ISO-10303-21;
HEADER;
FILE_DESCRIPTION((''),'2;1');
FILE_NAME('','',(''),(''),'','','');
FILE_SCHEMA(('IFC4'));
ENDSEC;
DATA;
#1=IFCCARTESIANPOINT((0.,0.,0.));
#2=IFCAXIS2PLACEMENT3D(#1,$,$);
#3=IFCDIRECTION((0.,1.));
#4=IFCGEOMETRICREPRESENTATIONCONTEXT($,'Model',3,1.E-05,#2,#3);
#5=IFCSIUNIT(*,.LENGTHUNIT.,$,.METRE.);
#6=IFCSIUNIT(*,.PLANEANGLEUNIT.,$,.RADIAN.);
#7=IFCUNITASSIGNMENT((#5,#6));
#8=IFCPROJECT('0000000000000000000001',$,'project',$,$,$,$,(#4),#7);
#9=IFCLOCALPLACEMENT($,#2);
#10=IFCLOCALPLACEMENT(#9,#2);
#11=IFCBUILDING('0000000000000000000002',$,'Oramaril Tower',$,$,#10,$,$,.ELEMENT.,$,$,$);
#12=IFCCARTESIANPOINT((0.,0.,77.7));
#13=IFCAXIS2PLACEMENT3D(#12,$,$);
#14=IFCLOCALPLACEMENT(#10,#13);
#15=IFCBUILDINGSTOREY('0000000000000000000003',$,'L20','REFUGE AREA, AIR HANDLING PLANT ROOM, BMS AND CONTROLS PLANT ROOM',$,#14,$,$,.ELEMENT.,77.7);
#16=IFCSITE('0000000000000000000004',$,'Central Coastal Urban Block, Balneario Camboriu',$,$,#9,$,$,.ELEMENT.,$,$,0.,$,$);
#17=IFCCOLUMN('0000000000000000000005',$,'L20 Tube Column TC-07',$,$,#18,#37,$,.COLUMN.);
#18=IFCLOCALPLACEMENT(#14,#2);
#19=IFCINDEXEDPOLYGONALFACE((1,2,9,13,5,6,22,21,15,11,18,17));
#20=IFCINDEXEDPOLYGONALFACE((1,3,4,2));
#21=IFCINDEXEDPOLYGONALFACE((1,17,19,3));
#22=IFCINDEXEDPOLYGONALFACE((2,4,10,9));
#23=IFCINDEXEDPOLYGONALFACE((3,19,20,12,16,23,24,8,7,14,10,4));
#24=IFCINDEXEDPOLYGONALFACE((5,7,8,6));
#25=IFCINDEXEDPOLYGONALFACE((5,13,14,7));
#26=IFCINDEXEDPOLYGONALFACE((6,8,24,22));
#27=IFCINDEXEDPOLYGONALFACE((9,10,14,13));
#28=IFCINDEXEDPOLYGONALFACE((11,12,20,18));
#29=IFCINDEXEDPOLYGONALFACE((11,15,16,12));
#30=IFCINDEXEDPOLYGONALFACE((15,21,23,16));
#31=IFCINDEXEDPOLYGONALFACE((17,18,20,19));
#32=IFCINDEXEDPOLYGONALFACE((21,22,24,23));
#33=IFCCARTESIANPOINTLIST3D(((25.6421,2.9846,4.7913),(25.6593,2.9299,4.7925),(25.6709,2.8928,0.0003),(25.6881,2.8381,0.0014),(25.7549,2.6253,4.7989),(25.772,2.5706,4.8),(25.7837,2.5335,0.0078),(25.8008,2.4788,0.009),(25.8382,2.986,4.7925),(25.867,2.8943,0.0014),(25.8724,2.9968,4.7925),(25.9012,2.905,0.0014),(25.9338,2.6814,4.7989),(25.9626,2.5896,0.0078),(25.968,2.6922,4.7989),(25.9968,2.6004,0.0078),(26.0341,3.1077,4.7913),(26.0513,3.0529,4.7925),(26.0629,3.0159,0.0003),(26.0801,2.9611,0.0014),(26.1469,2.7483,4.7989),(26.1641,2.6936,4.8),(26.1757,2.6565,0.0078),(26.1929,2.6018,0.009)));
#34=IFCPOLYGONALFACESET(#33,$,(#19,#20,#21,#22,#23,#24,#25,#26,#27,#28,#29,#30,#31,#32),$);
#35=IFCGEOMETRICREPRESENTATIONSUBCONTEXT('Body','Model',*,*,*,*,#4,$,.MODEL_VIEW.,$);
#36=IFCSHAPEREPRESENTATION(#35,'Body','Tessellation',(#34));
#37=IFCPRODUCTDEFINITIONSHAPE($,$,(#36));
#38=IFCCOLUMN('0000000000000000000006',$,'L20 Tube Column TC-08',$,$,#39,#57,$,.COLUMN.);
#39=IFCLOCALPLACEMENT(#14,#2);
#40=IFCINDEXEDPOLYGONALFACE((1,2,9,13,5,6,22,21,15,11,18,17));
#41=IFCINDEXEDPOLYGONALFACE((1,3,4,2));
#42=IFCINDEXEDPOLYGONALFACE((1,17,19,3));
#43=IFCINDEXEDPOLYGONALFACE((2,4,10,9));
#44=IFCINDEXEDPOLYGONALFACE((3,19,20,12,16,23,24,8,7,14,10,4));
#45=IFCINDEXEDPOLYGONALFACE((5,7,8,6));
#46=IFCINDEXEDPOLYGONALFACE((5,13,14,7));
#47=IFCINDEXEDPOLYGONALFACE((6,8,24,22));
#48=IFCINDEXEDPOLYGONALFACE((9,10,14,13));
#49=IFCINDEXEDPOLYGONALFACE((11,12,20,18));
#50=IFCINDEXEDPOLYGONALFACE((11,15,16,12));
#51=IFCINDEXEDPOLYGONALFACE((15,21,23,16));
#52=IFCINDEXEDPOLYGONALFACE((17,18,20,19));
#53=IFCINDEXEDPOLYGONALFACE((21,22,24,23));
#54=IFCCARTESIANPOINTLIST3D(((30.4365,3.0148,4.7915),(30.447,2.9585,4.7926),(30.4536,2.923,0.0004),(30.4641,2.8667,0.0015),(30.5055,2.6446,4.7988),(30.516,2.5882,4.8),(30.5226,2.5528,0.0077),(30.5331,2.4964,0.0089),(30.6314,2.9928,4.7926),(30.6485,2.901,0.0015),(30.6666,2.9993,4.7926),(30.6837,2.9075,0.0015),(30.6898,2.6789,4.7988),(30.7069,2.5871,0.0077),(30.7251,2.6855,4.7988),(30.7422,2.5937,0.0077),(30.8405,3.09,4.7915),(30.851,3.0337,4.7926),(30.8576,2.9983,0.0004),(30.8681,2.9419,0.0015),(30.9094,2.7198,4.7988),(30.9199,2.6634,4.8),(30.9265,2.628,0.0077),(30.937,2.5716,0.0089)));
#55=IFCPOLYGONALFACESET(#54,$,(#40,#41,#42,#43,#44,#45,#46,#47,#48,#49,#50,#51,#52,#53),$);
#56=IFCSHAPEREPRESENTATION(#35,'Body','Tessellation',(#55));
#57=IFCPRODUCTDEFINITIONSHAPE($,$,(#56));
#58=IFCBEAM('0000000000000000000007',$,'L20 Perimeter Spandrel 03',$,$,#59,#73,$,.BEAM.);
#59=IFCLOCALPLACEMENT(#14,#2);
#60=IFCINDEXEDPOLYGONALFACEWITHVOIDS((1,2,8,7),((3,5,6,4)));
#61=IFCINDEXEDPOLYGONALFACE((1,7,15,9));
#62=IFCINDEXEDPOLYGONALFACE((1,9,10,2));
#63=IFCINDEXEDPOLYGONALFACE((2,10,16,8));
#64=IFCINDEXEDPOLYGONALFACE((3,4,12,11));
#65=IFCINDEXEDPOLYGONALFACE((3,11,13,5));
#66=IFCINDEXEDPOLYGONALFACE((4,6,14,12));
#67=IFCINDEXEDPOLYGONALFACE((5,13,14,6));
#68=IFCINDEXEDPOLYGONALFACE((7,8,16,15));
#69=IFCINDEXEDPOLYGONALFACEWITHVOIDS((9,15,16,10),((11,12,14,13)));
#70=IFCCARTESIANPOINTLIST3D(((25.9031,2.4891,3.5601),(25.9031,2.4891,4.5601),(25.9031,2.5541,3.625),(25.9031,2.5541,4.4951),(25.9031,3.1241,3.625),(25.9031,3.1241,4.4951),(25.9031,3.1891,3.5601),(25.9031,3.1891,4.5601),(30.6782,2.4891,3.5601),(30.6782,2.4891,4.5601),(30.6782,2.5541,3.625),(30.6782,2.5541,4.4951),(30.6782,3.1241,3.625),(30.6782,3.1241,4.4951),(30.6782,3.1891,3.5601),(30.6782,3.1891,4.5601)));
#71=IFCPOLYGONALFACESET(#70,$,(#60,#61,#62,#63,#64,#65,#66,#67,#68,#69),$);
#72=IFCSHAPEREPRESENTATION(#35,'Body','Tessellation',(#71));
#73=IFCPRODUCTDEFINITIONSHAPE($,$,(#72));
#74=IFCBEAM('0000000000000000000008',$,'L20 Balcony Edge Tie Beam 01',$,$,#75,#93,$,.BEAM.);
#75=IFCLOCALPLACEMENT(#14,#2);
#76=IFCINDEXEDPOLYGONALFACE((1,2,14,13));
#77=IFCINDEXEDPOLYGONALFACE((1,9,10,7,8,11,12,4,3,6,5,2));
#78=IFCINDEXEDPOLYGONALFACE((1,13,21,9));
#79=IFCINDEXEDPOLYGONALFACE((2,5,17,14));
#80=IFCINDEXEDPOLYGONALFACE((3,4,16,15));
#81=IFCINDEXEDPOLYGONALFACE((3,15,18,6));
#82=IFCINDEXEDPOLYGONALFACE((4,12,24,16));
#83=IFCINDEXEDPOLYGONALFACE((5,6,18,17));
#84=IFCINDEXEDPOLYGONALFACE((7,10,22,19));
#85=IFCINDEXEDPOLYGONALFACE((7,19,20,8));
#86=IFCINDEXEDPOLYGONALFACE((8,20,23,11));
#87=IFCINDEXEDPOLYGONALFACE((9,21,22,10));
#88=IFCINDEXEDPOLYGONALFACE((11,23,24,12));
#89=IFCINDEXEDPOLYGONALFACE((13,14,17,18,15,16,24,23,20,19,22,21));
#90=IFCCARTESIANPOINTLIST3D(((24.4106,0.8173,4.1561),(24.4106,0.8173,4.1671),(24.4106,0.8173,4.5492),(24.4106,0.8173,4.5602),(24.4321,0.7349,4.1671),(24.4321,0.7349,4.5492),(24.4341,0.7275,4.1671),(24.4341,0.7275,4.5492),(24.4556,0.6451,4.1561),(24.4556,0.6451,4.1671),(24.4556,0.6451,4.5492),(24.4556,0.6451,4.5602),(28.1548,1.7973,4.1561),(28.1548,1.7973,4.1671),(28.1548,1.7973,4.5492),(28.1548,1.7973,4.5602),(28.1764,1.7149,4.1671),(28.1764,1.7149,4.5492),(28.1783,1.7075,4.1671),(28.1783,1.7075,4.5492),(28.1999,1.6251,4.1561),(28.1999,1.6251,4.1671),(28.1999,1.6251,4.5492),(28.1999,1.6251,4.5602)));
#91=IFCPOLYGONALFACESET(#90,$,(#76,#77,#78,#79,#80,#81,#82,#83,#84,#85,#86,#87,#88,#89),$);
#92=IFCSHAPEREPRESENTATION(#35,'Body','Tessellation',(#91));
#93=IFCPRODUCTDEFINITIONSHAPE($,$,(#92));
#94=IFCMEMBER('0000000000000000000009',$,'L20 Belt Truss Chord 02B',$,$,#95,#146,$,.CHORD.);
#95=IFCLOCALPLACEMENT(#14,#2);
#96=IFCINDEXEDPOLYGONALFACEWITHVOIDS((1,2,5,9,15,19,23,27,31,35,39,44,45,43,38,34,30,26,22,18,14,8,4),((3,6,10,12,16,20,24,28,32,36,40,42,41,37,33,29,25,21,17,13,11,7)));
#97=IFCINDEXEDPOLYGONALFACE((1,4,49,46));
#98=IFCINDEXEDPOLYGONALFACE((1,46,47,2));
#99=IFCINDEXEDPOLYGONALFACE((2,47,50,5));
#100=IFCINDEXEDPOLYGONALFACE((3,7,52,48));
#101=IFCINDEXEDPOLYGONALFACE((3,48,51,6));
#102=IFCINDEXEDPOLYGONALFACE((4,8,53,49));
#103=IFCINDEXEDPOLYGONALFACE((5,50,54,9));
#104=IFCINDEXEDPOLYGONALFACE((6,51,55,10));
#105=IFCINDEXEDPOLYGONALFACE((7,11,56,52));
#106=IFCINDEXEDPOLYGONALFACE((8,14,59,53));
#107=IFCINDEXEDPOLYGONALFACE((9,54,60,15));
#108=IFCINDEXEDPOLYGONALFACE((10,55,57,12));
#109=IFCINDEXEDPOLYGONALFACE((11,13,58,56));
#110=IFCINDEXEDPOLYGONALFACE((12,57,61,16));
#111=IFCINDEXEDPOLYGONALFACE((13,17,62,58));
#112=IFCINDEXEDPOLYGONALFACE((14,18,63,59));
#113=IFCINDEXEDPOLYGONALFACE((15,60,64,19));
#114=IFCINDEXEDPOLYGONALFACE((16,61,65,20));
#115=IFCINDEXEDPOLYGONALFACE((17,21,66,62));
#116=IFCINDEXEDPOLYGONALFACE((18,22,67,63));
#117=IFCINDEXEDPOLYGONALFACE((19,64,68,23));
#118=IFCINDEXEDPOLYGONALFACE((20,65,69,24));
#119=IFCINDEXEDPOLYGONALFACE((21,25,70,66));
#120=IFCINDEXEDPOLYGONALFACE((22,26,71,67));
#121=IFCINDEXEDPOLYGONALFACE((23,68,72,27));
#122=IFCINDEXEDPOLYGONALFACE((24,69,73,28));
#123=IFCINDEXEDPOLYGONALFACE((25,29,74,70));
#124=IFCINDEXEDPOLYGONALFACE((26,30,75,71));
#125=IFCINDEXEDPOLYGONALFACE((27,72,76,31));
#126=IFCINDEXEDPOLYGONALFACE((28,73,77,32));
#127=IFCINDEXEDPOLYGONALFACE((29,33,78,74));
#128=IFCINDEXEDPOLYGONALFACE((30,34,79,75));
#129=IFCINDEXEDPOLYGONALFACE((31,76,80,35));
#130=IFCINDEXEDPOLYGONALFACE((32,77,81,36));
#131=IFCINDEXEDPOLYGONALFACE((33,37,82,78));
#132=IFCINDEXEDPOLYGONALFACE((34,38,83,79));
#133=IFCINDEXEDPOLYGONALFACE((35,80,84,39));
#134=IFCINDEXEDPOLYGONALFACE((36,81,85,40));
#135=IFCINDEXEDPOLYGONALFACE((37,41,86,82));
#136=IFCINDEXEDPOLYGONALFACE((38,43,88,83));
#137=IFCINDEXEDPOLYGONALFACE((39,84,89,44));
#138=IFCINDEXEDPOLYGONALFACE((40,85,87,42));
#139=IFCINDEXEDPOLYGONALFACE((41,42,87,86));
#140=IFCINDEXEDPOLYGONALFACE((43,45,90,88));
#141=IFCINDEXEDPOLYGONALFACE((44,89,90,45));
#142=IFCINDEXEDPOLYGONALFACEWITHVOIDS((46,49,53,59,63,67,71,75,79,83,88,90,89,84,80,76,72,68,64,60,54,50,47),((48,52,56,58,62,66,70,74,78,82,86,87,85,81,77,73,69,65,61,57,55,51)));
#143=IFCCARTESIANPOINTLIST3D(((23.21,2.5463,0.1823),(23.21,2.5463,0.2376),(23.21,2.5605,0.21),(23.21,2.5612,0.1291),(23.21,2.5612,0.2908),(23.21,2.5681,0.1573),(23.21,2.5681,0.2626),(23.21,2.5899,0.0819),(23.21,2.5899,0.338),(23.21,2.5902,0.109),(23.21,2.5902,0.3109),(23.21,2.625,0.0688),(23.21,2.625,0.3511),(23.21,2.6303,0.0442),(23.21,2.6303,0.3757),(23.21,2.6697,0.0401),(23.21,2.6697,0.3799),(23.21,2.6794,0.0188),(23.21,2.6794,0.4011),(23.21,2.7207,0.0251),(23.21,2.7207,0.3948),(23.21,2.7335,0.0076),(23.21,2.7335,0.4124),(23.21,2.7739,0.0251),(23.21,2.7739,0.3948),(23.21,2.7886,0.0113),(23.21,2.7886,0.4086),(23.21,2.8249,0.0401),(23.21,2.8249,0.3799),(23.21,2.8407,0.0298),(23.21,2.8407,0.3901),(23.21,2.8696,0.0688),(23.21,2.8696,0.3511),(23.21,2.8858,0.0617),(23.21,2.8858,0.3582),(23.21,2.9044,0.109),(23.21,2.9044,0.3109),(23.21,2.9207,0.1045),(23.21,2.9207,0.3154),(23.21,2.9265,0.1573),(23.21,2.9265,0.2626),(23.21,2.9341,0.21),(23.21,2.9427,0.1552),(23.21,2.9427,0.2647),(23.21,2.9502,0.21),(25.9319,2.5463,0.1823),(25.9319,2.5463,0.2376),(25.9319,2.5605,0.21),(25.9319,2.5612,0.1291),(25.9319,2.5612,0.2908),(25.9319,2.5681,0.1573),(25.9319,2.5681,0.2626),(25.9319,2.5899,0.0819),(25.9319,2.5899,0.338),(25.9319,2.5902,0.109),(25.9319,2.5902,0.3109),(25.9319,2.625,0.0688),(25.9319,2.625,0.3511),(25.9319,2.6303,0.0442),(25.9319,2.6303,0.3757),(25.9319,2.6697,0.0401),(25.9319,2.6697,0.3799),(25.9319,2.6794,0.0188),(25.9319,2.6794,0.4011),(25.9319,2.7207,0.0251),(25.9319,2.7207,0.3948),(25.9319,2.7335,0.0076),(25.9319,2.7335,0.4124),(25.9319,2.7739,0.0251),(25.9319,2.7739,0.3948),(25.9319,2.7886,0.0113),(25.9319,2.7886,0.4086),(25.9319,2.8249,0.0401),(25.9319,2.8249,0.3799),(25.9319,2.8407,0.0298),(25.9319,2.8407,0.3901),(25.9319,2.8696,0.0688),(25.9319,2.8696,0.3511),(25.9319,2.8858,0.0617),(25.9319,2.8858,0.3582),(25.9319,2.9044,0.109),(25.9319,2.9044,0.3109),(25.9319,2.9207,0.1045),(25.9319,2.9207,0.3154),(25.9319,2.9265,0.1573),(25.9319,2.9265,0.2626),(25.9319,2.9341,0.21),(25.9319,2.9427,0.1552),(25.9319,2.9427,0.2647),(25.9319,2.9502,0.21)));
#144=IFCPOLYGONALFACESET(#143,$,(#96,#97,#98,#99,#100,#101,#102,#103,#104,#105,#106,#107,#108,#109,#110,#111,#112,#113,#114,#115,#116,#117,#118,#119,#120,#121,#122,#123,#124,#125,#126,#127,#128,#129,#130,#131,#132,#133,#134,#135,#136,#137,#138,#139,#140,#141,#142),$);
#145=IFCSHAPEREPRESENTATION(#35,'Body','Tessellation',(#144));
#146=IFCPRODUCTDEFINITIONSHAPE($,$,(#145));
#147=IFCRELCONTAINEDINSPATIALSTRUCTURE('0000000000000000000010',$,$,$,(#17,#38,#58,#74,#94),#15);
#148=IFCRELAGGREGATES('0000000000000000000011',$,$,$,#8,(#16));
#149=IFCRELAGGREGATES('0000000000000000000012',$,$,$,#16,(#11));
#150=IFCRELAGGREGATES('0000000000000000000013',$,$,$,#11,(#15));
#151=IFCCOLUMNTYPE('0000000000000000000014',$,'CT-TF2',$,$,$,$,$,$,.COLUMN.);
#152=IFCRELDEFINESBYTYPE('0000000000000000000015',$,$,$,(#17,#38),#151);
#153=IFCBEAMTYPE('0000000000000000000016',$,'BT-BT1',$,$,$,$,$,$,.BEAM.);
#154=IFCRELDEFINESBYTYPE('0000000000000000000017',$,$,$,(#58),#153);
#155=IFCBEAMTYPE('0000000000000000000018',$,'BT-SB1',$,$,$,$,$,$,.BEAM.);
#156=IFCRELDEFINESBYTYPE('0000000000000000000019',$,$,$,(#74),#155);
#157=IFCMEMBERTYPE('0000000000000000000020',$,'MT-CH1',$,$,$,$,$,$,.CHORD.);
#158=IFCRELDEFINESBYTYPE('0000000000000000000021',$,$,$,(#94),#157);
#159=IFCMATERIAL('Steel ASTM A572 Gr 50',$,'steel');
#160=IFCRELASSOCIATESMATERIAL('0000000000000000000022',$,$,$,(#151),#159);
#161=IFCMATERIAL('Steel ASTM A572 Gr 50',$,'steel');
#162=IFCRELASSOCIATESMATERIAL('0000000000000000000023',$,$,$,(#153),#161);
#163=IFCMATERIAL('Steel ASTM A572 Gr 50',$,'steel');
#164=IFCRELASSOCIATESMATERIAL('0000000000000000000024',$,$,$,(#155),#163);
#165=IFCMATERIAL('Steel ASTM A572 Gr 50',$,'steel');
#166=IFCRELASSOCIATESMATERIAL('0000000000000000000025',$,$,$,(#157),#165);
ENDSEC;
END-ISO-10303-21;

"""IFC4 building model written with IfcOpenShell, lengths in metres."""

from ifc_helpers import new_model, si_unit, direction, frame, origin, origin_2d, place, context, subcontext, project, spatial, hollow_rectangle, hollow_circle, i_section, extrude, material, material_profile, profile_set, type_object, element, save


model = new_model("IFC4")

# Units and contexts
model_context = context("Model", 3, precision=1e-05, world=origin(), true_north=direction((0.0, 1.0)))
body_context = subcontext(model_context, "Body", "Model", "MODEL_VIEW")
ifc_project = project(units=[si_unit("LENGTHUNIT", "METRE"), si_unit("PLANEANGLEUNIT", "RADIAN")], contexts=[model_context])

# Site, building, storey
site_placement = place(None, origin())
site = spatial("IfcSite", under=ifc_project, at=site_placement, Name="Central Coastal Urban Block, Balneario Camboriu", CompositionType="ELEMENT", RefElevation=0.0)
building_placement = place(site_placement, origin())
building = spatial("IfcBuilding", under=site, at=building_placement, Name="Oramaril Tower", CompositionType="ELEMENT")
storey_placement = place(building_placement, frame((0.0, 0.0, 77.7)))
storey = spatial("IfcBuildingStorey", under=building, at=storey_placement, Name="L20", Description="REFUGE AREA, AIR HANDLING PLANT ROOM, BMS AND CONTROLS PLANT ROOM", CompositionType="ELEMENT", Elevation=77.7)

# Columns
ifc_material_1 = material(Name="Steel ASTM A572 Gr 50", Category="steel")
ifc_material_profile_1 = material_profile(ifc_material_1, i_section(OverallWidth=0.4109, OverallDepth=0.4341, WebThickness=0.0359, FlangeThickness=0.0574, at=origin_2d()), Name="W14X311")
ifc_profile_set_1 = profile_set([ifc_material_profile_1], Name="Steel ASTM A572 Gr 50")
column_type = type_object("IfcColumnType", Name="CT-TF2", PredefinedType="COLUMN", material=ifc_profile_set_1)
for number, where, z_axis, x_axis, name in (
    (1, (25.9319, 2.7473, 0.0046), (-0.006012, 0.019156, 0.999798), (-0.954118, -0.299431, 0.0), "L20 Tube Column TC-07"),
    (2, (30.6953, 2.7473, 0.0046), (-0.003566, 0.019157, 0.99981), (-0.983108, -0.183025, 0.0), "L20 Tube Column TC-08"),
):
    element("IfcColumn", number, at=place(storey_placement, frame(where, z_axis=z_axis, x_axis=x_axis)), inside=storey, type_object=column_type, Name=name, PredefinedType="COLUMN", context=body_context, shape_type="SweptSolid", body=[
        extrude(i_section(OverallWidth=0.4109, OverallDepth=0.4341, WebThickness=0.0359, FlangeThickness=0.0574, at=origin_2d()), origin(), (0.0, 0.0, 1.0), 4.792),
    ])

# Beams
ifc_material_2 = material(Name="Steel ASTM A572 Gr 50", Category="steel")
ifc_material_profile_2 = material_profile(ifc_material_2, hollow_rectangle(XDim=0.7, YDim=1.0, WallThickness=0.0649, at=origin_2d()), Name="BOX1000X700X65")
ifc_profile_set_2 = profile_set([ifc_material_profile_2], Name="Steel ASTM A572 Gr 50")
beam_type_1 = type_object("IfcBeamType", Name="BT-BT1", PredefinedType="BEAM", material=ifc_profile_set_2)
beam_1_placement = place(storey_placement, frame((25.9031, 2.8391, 4.0601), z_axis=(1.0, 0.0, 0.0), x_axis=(0.0, 1.0, 0.0)))
element("IfcBeam", 3, at=beam_1_placement, inside=storey, type_object=beam_type_1, Name="L20 Perimeter Spandrel 03", PredefinedType="BEAM", context=body_context, shape_type="SweptSolid", body=[
    extrude(hollow_rectangle(XDim=0.7, YDim=1.0, WallThickness=0.0649, at=origin_2d()), origin(), (0.0, 0.0, 1.0), 4.7751),
])
ifc_material_3 = material(Name="Steel ASTM A572 Gr 50", Category="steel")
ifc_material_profile_3 = material_profile(ifc_material_3, i_section(OverallWidth=0.178, OverallDepth=0.4041, WebThickness=0.0076, FlangeThickness=0.011, at=origin_2d()), Name="W16X36")
ifc_profile_set_3 = profile_set([ifc_material_profile_3], Name="Steel ASTM A572 Gr 50")
beam_type_2 = type_object("IfcBeamType", Name="BT-SB1", PredefinedType="BEAM", material=ifc_profile_set_3)
beam_2_placement = place(storey_placement, frame((24.4331, 0.7312, 4.3582), z_axis=(0.967412, 0.253208, 0.0), x_axis=(-0.253208, 0.967412, 0.0)))
element("IfcBeam", 4, at=beam_2_placement, inside=storey, type_object=beam_type_2, Name="L20 Balcony Edge Tie Beam 01", PredefinedType="BEAM", context=body_context, shape_type="SweptSolid", body=[
    extrude(i_section(OverallWidth=0.178, OverallDepth=0.4041, WebThickness=0.0076, FlangeThickness=0.011, at=origin_2d()), origin(), (0.0, 0.0, 1.0), 3.8704),
])

# Member
ifc_material_4 = material(Name="Steel ASTM A572 Gr 50", Category="steel")
ifc_material_profile_4 = material_profile(ifc_material_4, hollow_circle(Radius=0.2029, WallThickness=0.0161, at=origin_2d()), Name="CHS406X16")
ifc_profile_set_4 = profile_set([ifc_material_profile_4], Name="Steel ASTM A572 Gr 50")
member_type_1 = type_object("IfcMemberType", Name="MT-CH1", PredefinedType="CHORD", material=ifc_profile_set_4)
member_1_placement = place(storey_placement, frame((23.21, 2.7473, 0.21), z_axis=(1.0, 0.0, 0.0), x_axis=(0.0, 1.0, 0.0)))
element("IfcMember", 5, at=member_1_placement, inside=storey, type_object=member_type_1, Name="L20 Belt Truss Chord 02B", PredefinedType="CHORD", context=body_context, shape_type="SweptSolid", body=[
    extrude(hollow_circle(Radius=0.2029, WallThickness=0.0161, at=origin_2d()), origin(), (0.0, 0.0, 1.0), 2.7219),
])

save(model, "model.ifc")
